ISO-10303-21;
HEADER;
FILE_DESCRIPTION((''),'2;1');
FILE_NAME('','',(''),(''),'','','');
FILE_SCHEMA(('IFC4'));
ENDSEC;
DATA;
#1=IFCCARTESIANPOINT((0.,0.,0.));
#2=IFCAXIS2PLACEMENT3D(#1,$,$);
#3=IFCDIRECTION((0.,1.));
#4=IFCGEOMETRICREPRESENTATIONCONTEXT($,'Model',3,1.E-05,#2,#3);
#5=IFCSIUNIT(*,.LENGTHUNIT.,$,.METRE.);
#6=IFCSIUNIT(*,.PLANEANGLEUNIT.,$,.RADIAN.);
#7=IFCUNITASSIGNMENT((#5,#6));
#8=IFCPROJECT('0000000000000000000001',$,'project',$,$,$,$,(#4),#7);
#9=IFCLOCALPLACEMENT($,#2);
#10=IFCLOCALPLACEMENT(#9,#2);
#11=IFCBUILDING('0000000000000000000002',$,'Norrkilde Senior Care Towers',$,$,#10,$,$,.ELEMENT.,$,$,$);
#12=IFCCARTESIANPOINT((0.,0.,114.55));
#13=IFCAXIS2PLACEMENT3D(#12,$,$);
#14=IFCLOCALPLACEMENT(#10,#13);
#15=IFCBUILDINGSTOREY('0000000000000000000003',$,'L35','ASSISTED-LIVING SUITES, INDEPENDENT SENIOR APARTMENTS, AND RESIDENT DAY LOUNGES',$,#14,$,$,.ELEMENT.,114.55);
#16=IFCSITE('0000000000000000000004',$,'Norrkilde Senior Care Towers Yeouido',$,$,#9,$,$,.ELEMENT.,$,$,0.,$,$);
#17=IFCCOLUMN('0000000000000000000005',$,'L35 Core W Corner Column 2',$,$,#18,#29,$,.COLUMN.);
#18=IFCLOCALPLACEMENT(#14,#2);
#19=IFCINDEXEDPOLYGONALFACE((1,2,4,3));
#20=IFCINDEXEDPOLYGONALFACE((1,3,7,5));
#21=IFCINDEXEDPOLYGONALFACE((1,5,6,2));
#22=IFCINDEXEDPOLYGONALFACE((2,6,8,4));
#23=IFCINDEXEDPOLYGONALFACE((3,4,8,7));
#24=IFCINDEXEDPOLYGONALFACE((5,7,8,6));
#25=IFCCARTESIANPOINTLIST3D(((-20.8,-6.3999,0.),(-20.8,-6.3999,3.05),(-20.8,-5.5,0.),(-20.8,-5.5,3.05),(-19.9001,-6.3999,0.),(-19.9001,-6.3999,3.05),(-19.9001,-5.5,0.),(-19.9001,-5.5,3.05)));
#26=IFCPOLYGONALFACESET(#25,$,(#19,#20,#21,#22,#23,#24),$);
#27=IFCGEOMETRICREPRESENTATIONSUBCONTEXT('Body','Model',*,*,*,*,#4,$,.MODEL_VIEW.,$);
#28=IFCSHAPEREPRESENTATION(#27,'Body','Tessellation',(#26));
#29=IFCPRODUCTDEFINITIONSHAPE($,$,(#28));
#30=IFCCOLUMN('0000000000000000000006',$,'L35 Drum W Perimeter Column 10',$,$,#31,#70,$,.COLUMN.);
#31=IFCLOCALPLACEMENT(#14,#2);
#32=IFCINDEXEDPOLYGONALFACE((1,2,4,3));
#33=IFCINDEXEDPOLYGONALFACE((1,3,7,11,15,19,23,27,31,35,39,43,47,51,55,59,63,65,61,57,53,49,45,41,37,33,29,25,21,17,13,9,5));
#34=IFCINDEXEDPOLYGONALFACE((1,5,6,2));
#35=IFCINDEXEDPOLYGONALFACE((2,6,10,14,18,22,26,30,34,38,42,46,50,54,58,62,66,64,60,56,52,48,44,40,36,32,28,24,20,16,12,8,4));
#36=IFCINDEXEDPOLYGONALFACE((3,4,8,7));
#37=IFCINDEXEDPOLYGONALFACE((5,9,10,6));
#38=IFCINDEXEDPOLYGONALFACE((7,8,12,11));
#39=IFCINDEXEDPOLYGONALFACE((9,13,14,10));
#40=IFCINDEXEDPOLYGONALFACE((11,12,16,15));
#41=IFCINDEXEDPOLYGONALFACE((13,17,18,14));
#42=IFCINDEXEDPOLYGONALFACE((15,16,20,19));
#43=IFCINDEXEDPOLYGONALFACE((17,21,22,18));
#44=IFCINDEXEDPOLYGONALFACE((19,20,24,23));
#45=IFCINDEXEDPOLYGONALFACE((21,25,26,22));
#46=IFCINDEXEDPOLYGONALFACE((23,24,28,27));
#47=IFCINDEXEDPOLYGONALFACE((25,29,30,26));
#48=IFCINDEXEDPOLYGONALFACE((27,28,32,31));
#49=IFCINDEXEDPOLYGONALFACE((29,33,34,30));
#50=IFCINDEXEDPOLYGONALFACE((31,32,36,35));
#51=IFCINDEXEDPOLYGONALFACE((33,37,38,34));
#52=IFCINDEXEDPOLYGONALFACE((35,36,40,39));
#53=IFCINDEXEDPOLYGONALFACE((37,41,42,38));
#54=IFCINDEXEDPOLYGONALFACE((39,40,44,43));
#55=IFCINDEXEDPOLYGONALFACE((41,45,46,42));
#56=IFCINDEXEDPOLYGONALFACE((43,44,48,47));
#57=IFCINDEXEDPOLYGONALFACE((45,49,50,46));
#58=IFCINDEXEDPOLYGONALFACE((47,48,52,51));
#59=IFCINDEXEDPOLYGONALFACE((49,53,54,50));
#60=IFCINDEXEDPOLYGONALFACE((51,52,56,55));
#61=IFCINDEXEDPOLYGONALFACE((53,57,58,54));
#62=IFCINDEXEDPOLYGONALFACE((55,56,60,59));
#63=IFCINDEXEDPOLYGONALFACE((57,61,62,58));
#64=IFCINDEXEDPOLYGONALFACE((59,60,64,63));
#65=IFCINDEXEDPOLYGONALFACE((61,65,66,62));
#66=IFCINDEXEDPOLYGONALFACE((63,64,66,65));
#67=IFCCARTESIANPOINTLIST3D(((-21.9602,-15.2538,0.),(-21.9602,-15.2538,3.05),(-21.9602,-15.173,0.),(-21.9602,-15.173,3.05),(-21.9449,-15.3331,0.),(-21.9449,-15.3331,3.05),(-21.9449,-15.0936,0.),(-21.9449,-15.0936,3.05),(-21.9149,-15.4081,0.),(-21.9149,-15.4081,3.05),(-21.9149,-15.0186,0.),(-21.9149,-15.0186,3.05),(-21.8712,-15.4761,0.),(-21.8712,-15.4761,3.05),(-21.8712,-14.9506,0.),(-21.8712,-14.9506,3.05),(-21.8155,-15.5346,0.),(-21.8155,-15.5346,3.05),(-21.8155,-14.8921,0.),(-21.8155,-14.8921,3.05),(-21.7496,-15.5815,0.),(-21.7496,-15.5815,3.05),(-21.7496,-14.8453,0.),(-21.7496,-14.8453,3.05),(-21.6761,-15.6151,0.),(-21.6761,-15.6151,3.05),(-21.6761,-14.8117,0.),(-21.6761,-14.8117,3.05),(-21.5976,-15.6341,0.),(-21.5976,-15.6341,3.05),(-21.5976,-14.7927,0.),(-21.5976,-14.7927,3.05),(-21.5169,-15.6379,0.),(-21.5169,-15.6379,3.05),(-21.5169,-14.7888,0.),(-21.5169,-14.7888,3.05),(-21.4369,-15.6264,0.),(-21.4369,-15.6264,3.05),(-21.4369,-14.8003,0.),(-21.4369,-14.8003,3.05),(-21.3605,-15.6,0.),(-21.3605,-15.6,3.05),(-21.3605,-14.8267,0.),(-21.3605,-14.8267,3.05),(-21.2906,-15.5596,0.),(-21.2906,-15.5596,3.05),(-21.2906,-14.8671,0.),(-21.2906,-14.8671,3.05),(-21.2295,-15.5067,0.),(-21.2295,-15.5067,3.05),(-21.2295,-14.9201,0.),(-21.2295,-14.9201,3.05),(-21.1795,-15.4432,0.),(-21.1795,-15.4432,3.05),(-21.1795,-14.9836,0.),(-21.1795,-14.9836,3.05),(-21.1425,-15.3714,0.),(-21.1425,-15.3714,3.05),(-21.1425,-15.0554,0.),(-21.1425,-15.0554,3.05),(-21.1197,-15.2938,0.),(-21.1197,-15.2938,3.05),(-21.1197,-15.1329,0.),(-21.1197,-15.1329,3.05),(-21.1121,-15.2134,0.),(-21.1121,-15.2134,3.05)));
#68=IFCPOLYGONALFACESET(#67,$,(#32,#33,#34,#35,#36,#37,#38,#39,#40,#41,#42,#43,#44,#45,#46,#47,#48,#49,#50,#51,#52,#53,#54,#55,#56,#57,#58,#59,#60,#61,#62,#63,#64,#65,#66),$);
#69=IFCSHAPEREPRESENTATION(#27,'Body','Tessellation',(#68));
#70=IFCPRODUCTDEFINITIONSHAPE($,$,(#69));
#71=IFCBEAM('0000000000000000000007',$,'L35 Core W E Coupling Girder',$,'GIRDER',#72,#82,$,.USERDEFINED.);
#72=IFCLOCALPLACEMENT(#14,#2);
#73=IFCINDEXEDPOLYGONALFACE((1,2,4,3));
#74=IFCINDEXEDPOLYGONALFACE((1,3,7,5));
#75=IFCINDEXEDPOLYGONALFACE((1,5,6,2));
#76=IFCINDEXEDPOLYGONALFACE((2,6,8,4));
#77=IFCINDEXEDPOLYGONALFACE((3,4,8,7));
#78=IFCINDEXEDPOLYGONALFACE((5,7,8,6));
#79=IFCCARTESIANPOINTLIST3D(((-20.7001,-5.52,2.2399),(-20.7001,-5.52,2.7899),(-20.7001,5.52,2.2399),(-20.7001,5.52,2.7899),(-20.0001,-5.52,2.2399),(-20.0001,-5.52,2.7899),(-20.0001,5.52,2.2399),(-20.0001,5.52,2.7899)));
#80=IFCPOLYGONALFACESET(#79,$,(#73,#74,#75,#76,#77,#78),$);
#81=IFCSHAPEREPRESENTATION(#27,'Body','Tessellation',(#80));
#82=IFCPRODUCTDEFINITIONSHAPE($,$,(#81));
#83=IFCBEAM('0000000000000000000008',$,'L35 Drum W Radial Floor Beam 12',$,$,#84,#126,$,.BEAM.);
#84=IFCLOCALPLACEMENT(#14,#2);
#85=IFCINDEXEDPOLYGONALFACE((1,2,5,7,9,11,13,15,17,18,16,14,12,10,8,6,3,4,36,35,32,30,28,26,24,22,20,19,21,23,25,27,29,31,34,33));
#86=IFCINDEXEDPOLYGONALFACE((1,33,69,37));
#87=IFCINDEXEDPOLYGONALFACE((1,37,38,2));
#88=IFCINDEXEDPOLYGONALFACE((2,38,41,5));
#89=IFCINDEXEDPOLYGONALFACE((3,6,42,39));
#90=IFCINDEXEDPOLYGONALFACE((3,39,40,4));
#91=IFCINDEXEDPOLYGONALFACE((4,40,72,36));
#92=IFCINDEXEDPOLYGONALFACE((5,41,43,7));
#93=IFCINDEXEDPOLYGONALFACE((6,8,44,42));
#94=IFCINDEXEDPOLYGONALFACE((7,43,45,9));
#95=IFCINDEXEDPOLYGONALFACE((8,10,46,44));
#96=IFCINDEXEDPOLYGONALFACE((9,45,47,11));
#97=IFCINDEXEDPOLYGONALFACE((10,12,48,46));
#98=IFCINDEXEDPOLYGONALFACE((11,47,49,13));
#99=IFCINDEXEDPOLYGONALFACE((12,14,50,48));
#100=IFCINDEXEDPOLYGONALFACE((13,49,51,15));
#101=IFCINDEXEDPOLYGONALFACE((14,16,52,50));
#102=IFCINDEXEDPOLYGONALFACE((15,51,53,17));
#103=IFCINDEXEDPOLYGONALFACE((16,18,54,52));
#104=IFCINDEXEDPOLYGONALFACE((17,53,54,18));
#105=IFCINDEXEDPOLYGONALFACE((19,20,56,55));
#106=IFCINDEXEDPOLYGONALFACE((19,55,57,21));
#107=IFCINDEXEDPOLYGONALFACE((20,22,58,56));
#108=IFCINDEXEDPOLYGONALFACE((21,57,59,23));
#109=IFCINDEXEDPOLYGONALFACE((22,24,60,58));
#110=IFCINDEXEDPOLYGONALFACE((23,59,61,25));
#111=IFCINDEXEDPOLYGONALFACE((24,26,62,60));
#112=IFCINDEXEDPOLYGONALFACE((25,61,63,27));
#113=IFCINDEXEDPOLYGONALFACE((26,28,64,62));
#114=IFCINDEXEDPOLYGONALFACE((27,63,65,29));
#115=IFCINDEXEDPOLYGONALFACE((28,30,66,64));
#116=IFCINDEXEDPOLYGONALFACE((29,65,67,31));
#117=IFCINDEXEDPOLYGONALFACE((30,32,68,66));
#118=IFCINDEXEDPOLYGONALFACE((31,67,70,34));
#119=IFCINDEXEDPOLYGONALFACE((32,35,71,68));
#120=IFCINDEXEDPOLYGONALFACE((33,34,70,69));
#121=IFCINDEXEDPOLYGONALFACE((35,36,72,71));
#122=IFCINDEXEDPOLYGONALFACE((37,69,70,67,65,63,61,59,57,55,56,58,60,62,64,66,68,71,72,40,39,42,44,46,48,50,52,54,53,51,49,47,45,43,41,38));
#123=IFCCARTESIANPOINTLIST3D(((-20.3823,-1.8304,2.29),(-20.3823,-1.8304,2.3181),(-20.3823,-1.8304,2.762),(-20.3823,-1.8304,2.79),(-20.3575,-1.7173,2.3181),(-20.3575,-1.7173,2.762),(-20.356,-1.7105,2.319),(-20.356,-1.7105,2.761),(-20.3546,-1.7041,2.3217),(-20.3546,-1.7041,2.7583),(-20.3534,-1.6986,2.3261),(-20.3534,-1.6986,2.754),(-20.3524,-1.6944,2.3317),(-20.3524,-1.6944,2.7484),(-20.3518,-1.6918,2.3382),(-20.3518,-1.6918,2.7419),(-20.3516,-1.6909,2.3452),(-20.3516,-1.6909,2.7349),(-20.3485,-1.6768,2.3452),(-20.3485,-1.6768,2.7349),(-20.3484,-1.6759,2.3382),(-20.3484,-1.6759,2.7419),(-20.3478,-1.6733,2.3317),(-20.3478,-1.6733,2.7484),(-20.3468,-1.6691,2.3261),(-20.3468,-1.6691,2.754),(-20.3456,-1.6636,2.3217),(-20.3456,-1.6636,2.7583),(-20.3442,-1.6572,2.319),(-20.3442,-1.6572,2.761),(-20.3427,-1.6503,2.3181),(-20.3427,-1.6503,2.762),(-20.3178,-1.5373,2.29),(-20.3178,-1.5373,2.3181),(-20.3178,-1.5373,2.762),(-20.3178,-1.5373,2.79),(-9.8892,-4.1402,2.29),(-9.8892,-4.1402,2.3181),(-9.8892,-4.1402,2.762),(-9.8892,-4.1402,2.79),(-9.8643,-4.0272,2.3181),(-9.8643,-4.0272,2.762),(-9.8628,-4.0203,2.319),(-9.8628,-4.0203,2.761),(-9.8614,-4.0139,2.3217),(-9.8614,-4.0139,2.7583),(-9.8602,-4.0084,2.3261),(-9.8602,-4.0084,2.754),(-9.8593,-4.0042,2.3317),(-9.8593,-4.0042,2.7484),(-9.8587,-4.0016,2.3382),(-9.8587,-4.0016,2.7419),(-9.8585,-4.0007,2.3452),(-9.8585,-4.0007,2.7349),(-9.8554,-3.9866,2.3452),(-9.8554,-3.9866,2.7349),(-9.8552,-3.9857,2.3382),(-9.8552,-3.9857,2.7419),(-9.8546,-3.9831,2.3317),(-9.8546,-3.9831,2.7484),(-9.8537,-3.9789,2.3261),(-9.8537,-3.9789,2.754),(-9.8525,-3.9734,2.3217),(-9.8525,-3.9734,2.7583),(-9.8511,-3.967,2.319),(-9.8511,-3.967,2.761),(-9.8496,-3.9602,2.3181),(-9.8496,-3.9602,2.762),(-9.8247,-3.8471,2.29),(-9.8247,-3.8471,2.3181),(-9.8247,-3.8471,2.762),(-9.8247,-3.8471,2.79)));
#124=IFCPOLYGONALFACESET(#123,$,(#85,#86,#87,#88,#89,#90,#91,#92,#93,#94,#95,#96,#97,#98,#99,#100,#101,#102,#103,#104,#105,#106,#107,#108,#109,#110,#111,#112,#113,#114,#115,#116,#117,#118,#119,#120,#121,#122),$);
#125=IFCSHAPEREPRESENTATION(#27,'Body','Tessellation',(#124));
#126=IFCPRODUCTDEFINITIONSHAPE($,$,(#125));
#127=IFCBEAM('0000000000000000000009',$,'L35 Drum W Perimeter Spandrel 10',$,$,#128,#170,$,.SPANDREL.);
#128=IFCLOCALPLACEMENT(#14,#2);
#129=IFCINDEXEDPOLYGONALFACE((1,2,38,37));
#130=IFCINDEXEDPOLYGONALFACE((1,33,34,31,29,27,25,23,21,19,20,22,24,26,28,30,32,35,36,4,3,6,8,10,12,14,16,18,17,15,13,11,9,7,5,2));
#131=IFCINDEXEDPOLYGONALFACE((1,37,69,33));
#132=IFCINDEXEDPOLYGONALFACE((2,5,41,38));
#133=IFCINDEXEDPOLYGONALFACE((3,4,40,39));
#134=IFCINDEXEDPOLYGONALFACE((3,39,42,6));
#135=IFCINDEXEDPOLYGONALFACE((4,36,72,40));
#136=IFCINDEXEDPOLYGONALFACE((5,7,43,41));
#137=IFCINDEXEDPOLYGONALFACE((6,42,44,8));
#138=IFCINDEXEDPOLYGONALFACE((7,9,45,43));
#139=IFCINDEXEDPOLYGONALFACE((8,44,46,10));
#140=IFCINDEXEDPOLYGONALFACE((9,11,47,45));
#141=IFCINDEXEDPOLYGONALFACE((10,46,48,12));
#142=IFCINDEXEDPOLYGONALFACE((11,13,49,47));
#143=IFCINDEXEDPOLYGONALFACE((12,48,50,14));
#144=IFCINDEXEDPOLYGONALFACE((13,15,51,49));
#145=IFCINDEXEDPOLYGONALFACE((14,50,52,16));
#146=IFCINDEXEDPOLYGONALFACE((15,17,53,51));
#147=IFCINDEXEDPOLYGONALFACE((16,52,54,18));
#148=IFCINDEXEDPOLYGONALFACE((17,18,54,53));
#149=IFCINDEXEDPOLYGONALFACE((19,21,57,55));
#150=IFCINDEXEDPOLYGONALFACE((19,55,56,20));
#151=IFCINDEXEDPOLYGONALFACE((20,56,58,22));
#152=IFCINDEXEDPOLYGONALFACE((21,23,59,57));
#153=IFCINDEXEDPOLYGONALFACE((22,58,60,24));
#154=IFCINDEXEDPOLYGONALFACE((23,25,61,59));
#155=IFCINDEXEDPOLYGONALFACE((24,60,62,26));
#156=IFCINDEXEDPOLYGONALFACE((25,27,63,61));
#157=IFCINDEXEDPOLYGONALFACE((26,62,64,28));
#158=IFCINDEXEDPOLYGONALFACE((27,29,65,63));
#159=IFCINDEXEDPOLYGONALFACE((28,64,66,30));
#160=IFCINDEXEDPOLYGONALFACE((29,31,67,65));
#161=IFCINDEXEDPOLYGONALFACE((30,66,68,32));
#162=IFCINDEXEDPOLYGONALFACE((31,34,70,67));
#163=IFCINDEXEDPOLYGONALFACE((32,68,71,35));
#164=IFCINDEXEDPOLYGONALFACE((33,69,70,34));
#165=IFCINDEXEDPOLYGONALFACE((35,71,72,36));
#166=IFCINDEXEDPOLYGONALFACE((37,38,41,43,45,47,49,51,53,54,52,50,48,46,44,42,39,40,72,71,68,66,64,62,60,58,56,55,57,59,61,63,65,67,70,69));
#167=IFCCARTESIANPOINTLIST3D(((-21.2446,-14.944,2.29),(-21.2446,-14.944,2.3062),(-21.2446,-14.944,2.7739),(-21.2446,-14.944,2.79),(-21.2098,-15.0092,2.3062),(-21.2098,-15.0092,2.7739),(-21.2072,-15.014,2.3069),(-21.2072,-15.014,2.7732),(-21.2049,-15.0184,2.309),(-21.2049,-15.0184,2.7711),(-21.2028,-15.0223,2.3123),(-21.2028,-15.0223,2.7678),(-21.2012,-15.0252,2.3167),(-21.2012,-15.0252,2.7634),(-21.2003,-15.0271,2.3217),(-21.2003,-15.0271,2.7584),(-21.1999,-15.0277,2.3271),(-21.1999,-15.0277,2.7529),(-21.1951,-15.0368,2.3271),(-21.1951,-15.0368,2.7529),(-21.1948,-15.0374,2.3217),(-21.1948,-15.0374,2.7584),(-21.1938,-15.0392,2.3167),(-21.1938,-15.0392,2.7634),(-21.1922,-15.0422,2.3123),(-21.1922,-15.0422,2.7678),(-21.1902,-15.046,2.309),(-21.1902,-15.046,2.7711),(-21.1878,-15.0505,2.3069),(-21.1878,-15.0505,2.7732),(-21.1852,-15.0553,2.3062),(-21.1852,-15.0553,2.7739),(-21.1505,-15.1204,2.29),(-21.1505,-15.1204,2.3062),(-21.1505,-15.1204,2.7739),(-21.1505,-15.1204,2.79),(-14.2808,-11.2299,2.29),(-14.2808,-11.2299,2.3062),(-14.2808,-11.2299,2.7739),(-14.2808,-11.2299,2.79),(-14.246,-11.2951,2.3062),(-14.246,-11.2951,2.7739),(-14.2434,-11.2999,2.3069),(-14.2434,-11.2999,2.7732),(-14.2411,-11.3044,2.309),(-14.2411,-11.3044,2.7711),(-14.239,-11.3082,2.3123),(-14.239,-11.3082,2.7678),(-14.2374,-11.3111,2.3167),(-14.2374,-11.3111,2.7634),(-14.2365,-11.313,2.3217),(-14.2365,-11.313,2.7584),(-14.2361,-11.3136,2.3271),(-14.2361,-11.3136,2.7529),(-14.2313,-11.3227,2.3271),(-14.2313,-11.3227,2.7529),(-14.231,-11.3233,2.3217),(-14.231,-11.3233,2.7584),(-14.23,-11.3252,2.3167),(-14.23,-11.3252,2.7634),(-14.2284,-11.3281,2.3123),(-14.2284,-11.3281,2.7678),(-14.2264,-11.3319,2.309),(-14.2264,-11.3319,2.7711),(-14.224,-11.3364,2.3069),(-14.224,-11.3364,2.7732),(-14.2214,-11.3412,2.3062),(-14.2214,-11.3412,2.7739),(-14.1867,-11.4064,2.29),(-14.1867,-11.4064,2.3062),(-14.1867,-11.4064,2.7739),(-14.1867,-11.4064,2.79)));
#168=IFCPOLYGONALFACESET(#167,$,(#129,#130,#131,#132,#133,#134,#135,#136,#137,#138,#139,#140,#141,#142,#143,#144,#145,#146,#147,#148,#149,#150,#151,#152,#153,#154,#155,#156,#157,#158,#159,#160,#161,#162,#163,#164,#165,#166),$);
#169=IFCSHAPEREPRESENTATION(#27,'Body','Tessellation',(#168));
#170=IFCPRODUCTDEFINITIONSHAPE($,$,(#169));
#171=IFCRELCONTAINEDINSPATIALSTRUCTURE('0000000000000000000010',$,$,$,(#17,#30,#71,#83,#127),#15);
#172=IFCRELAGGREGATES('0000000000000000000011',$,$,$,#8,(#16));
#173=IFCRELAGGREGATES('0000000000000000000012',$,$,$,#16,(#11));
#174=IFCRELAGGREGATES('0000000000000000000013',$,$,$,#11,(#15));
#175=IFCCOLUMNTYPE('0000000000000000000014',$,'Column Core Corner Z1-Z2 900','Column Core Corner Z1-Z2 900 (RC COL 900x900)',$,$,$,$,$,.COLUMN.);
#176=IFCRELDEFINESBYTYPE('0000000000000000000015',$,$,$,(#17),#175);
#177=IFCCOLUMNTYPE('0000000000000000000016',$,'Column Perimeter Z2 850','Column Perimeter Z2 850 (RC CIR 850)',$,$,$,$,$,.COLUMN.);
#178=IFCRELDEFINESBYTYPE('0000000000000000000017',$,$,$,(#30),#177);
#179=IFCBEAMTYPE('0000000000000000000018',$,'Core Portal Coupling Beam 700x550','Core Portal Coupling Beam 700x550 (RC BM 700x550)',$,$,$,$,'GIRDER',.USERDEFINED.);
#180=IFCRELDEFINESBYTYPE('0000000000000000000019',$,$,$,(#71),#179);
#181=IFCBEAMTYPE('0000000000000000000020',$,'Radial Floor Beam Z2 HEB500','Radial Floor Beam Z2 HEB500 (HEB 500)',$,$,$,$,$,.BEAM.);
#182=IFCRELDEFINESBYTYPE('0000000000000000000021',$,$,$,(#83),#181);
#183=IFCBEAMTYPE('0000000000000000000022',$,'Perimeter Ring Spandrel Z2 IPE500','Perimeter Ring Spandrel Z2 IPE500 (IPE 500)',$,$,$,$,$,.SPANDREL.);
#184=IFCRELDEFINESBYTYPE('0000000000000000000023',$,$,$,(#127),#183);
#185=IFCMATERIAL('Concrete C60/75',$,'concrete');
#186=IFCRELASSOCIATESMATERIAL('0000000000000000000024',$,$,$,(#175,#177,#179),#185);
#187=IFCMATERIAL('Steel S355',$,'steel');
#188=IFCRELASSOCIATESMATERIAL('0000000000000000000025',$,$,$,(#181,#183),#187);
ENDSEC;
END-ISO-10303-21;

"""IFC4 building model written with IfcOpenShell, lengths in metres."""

from ifc_helpers import new_model, si_unit, direction, frame, origin, origin_2d, place, context, subcontext, project, spatial, rectangle, circle, i_section, extrude, source, transform, mapped, material, material_profile, profile_set, type_object, type_shapes, element, save


model = new_model("IFC4")

# Units and contexts
model_context = context("Model", 3, precision=1e-05, world=origin(), true_north=direction((0.0, 1.0)))
body_context = subcontext(model_context, "Body", "Model", "MODEL_VIEW")
ifc_project = project(units=[si_unit("LENGTHUNIT", "METRE"), si_unit("PLANEANGLEUNIT", "RADIAN")], contexts=[model_context])

# Site, building, storey
site_placement = place(None, origin())
site = spatial("IfcSite", under=ifc_project, at=site_placement, Name="Norrkilde Senior Care Towers Yeouido", CompositionType="ELEMENT", RefElevation=0.0)
building_placement = place(site_placement, origin())
building = spatial("IfcBuilding", under=site, at=building_placement, Name="Norrkilde Senior Care Towers", CompositionType="ELEMENT")
storey_placement = place(building_placement, frame((0.0, 0.0, 114.55)))
storey = spatial("IfcBuildingStorey", under=building, at=storey_placement, Name="L35", Description="ASSISTED-LIVING SUITES, INDEPENDENT SENIOR APARTMENTS, AND RESIDENT DAY LOUNGES", CompositionType="ELEMENT", Elevation=114.55)

# Columns
ifc_material_1 = material(Name="Concrete C60/75", Category="concrete")
ifc_material_profile_1 = material_profile(ifc_material_1, rectangle(XDim=0.8999, YDim=0.8999, at=origin_2d()), Name="RC COL 900x900")
ifc_profile_set_1 = profile_set([ifc_material_profile_1], Name="Concrete C60/75")
column_type_1 = type_object("IfcColumnType", Name="Column Core Corner Z1-Z2 900", Description="Column Core Corner Z1-Z2 900 (RC COL 900x900)", PredefinedType="COLUMN", material=ifc_profile_set_1)
shared_shape_1 = source(origin(), body_context, "Body", "SweptSolid", [
    extrude(rectangle(XDim=0.8999, YDim=0.8999, at=origin_2d()), origin(), (0.0, 0.0, 1.0), 3.05),
])
type_shapes(column_type_1, [shared_shape_1])
column_1_placement = place(storey_placement, frame((-20.3501, -5.95, 0.0), z_axis=(0.0, 0.0, 1.0), x_axis=(1.0, 0.0, 0.0)))
element("IfcColumn", 1, at=column_1_placement, inside=storey, type_object=column_type_1, Name="L35 Core W Corner Column 2", PredefinedType="COLUMN", context=body_context, shape_type="MappedRepresentation", body=[
    mapped(shared_shape_1, transform((0.0, 0.0, 0.0), x_axis=(1.0, 0.0, 0.0), y_axis=(0.0, 1.0, 0.0), z_axis=(0.0, 0.0, 1.0), scale=1.0)),
])
ifc_material_profile_2 = material_profile(ifc_material_1, circle(Radius=0.425, at=origin_2d()), Name="RC CIR 850")
ifc_profile_set_2 = profile_set([ifc_material_profile_2], Name="Concrete C60/75")
column_type_2 = type_object("IfcColumnType", Name="Column Perimeter Z2 850", Description="Column Perimeter Z2 850 (RC CIR 850)", PredefinedType="COLUMN", material=ifc_profile_set_2)
shared_shape_2 = source(origin(), body_context, "Body", "SweptSolid", [
    extrude(circle(Radius=0.425, at=origin_2d()), origin(), (0.0, 0.0, 1.0), 3.05),
])
type_shapes(column_type_2, [shared_shape_2])
column_2_placement = place(storey_placement, frame((-21.5371, -15.2134, 0.0), z_axis=(0.0, 0.0, 1.0), x_axis=(1.0, 0.0, 0.0)))
element("IfcColumn", 2, at=column_2_placement, inside=storey, type_object=column_type_2, Name="L35 Drum W Perimeter Column 10", PredefinedType="COLUMN", context=body_context, shape_type="MappedRepresentation", body=[
    mapped(shared_shape_2, transform((0.0, 0.0, 0.0), x_axis=(1.0, 0.0, 0.0), y_axis=(0.0, 1.0, 0.0), z_axis=(0.0, 0.0, 1.0), scale=1.0)),
])

# Beams
ifc_material_profile_3 = material_profile(ifc_material_1, rectangle(XDim=0.7, YDim=0.55, at=origin_2d()), Name="RC BM 700x550")
ifc_profile_set_3 = profile_set([ifc_material_profile_3], Name="Concrete C60/75")
beam_type_1 = type_object("IfcBeamType", Name="Core Portal Coupling Beam 700x550", Description="Core Portal Coupling Beam 700x550 (RC BM 700x550)", ElementType="GIRDER", PredefinedType="USERDEFINED", material=ifc_profile_set_3)
shared_shape_3 = source(origin(), body_context, "Body", "SweptSolid", [
    extrude(rectangle(XDim=0.7, YDim=0.55, at=origin_2d()), origin(), (0.0, 0.0, 1.0), 11.04),
])
type_shapes(beam_type_1, [shared_shape_3])
beam_1_placement = place(storey_placement, frame((-20.3501, -5.52, 2.5149), z_axis=(0.0, 1.0, 0.0), x_axis=(-1.0, 0.0, 0.0)))
element("IfcBeam", 3, at=beam_1_placement, inside=storey, type_object=beam_type_1, Name="L35 Core W E Coupling Girder", ObjectType="GIRDER", PredefinedType="USERDEFINED", context=body_context, shape_type="MappedRepresentation", body=[
    mapped(shared_shape_3, transform((0.0, 0.0, 0.0), x_axis=(1.0, 0.0, 0.0), y_axis=(0.0, 1.0, 0.0), z_axis=(0.0, 0.0, 1.0), scale=1.0)),
])
ifc_material_2 = material(Name="Steel S355", Category="steel")
ifc_material_profile_4 = material_profile(ifc_material_2, i_section(OverallWidth=0.3, OverallDepth=0.5, WebThickness=0.0144, FlangeThickness=0.0281, FilletRadius=0.0271, at=origin_2d()), Name="HEB 500")
ifc_profile_set_4 = profile_set([ifc_material_profile_4], Name="Steel S355")
beam_type_2 = type_object("IfcBeamType", Name="Radial Floor Beam Z2 HEB500", Description="Radial Floor Beam Z2 HEB500 (HEB 500)", PredefinedType="BEAM", material=ifc_profile_set_4)
shared_shape_4 = source(origin(), body_context, "Body", "SweptSolid", [
    extrude(i_section(OverallWidth=0.3, OverallDepth=0.5, WebThickness=0.0144, FlangeThickness=0.0281, FilletRadius=0.0271, at=origin_2d()), origin(), (0.0, 0.0, 1.0), 10.7444),
])
beam_2_placement = place(storey_placement, frame((-20.3501, -1.6838, 2.54), z_axis=(0.976619, -0.214979, 0.0), x_axis=(0.214979, 0.976619, 0.0)))
element("IfcBeam", 4, at=beam_2_placement, inside=storey, type_object=beam_type_2, Name="L35 Drum W Radial Floor Beam 12", PredefinedType="BEAM", context=body_context, shape_type="MappedRepresentation", body=[
    mapped(shared_shape_4, transform((0.0, 0.0, 0.0), x_axis=(1.0, 0.0, 0.0), y_axis=(0.0, 1.0, 0.0), z_axis=(0.0, 0.0, 1.0), scale=1.0)),
])
ifc_material_profile_5 = material_profile(ifc_material_2, i_section(OverallWidth=0.2, OverallDepth=0.5, WebThickness=0.0103, FlangeThickness=0.0161, FilletRadius=0.021, at=origin_2d()), Name="IPE 500")
ifc_profile_set_5 = profile_set([ifc_material_profile_5], Name="Steel S355")
beam_type_3 = type_object("IfcBeamType", Name="Perimeter Ring Spandrel Z2 IPE500", Description="Perimeter Ring Spandrel Z2 IPE500 (IPE 500)", PredefinedType="SPANDREL", material=ifc_profile_set_5)
shared_shape_5 = source(origin(), body_context, "Body", "SweptSolid", [
    extrude(i_section(OverallWidth=0.2, OverallDepth=0.5, WebThickness=0.0103, FlangeThickness=0.0161, FilletRadius=0.021, at=origin_2d()), origin(), (0.0, 0.0, 1.0), 7.8923),
])
type_shapes(beam_type_3, [shared_shape_5])
beam_3_placement = place(storey_placement, frame((-21.1975, -15.0322, 2.54), z_axis=(0.88235, 0.470593, 0.0), x_axis=(-0.470593, 0.88235, 0.0)))
element("IfcBeam", 5, at=beam_3_placement, inside=storey, type_object=beam_type_3, Name="L35 Drum W Perimeter Spandrel 10", PredefinedType="SPANDREL", context=body_context, shape_type="MappedRepresentation", body=[
    mapped(shared_shape_5, transform((0.0, 0.0, 0.0), x_axis=(1.0, 0.0, 0.0), y_axis=(0.0, 1.0, 0.0), z_axis=(0.0, 0.0, 1.0), scale=1.0)),
])

save(model, "model.ifc")
